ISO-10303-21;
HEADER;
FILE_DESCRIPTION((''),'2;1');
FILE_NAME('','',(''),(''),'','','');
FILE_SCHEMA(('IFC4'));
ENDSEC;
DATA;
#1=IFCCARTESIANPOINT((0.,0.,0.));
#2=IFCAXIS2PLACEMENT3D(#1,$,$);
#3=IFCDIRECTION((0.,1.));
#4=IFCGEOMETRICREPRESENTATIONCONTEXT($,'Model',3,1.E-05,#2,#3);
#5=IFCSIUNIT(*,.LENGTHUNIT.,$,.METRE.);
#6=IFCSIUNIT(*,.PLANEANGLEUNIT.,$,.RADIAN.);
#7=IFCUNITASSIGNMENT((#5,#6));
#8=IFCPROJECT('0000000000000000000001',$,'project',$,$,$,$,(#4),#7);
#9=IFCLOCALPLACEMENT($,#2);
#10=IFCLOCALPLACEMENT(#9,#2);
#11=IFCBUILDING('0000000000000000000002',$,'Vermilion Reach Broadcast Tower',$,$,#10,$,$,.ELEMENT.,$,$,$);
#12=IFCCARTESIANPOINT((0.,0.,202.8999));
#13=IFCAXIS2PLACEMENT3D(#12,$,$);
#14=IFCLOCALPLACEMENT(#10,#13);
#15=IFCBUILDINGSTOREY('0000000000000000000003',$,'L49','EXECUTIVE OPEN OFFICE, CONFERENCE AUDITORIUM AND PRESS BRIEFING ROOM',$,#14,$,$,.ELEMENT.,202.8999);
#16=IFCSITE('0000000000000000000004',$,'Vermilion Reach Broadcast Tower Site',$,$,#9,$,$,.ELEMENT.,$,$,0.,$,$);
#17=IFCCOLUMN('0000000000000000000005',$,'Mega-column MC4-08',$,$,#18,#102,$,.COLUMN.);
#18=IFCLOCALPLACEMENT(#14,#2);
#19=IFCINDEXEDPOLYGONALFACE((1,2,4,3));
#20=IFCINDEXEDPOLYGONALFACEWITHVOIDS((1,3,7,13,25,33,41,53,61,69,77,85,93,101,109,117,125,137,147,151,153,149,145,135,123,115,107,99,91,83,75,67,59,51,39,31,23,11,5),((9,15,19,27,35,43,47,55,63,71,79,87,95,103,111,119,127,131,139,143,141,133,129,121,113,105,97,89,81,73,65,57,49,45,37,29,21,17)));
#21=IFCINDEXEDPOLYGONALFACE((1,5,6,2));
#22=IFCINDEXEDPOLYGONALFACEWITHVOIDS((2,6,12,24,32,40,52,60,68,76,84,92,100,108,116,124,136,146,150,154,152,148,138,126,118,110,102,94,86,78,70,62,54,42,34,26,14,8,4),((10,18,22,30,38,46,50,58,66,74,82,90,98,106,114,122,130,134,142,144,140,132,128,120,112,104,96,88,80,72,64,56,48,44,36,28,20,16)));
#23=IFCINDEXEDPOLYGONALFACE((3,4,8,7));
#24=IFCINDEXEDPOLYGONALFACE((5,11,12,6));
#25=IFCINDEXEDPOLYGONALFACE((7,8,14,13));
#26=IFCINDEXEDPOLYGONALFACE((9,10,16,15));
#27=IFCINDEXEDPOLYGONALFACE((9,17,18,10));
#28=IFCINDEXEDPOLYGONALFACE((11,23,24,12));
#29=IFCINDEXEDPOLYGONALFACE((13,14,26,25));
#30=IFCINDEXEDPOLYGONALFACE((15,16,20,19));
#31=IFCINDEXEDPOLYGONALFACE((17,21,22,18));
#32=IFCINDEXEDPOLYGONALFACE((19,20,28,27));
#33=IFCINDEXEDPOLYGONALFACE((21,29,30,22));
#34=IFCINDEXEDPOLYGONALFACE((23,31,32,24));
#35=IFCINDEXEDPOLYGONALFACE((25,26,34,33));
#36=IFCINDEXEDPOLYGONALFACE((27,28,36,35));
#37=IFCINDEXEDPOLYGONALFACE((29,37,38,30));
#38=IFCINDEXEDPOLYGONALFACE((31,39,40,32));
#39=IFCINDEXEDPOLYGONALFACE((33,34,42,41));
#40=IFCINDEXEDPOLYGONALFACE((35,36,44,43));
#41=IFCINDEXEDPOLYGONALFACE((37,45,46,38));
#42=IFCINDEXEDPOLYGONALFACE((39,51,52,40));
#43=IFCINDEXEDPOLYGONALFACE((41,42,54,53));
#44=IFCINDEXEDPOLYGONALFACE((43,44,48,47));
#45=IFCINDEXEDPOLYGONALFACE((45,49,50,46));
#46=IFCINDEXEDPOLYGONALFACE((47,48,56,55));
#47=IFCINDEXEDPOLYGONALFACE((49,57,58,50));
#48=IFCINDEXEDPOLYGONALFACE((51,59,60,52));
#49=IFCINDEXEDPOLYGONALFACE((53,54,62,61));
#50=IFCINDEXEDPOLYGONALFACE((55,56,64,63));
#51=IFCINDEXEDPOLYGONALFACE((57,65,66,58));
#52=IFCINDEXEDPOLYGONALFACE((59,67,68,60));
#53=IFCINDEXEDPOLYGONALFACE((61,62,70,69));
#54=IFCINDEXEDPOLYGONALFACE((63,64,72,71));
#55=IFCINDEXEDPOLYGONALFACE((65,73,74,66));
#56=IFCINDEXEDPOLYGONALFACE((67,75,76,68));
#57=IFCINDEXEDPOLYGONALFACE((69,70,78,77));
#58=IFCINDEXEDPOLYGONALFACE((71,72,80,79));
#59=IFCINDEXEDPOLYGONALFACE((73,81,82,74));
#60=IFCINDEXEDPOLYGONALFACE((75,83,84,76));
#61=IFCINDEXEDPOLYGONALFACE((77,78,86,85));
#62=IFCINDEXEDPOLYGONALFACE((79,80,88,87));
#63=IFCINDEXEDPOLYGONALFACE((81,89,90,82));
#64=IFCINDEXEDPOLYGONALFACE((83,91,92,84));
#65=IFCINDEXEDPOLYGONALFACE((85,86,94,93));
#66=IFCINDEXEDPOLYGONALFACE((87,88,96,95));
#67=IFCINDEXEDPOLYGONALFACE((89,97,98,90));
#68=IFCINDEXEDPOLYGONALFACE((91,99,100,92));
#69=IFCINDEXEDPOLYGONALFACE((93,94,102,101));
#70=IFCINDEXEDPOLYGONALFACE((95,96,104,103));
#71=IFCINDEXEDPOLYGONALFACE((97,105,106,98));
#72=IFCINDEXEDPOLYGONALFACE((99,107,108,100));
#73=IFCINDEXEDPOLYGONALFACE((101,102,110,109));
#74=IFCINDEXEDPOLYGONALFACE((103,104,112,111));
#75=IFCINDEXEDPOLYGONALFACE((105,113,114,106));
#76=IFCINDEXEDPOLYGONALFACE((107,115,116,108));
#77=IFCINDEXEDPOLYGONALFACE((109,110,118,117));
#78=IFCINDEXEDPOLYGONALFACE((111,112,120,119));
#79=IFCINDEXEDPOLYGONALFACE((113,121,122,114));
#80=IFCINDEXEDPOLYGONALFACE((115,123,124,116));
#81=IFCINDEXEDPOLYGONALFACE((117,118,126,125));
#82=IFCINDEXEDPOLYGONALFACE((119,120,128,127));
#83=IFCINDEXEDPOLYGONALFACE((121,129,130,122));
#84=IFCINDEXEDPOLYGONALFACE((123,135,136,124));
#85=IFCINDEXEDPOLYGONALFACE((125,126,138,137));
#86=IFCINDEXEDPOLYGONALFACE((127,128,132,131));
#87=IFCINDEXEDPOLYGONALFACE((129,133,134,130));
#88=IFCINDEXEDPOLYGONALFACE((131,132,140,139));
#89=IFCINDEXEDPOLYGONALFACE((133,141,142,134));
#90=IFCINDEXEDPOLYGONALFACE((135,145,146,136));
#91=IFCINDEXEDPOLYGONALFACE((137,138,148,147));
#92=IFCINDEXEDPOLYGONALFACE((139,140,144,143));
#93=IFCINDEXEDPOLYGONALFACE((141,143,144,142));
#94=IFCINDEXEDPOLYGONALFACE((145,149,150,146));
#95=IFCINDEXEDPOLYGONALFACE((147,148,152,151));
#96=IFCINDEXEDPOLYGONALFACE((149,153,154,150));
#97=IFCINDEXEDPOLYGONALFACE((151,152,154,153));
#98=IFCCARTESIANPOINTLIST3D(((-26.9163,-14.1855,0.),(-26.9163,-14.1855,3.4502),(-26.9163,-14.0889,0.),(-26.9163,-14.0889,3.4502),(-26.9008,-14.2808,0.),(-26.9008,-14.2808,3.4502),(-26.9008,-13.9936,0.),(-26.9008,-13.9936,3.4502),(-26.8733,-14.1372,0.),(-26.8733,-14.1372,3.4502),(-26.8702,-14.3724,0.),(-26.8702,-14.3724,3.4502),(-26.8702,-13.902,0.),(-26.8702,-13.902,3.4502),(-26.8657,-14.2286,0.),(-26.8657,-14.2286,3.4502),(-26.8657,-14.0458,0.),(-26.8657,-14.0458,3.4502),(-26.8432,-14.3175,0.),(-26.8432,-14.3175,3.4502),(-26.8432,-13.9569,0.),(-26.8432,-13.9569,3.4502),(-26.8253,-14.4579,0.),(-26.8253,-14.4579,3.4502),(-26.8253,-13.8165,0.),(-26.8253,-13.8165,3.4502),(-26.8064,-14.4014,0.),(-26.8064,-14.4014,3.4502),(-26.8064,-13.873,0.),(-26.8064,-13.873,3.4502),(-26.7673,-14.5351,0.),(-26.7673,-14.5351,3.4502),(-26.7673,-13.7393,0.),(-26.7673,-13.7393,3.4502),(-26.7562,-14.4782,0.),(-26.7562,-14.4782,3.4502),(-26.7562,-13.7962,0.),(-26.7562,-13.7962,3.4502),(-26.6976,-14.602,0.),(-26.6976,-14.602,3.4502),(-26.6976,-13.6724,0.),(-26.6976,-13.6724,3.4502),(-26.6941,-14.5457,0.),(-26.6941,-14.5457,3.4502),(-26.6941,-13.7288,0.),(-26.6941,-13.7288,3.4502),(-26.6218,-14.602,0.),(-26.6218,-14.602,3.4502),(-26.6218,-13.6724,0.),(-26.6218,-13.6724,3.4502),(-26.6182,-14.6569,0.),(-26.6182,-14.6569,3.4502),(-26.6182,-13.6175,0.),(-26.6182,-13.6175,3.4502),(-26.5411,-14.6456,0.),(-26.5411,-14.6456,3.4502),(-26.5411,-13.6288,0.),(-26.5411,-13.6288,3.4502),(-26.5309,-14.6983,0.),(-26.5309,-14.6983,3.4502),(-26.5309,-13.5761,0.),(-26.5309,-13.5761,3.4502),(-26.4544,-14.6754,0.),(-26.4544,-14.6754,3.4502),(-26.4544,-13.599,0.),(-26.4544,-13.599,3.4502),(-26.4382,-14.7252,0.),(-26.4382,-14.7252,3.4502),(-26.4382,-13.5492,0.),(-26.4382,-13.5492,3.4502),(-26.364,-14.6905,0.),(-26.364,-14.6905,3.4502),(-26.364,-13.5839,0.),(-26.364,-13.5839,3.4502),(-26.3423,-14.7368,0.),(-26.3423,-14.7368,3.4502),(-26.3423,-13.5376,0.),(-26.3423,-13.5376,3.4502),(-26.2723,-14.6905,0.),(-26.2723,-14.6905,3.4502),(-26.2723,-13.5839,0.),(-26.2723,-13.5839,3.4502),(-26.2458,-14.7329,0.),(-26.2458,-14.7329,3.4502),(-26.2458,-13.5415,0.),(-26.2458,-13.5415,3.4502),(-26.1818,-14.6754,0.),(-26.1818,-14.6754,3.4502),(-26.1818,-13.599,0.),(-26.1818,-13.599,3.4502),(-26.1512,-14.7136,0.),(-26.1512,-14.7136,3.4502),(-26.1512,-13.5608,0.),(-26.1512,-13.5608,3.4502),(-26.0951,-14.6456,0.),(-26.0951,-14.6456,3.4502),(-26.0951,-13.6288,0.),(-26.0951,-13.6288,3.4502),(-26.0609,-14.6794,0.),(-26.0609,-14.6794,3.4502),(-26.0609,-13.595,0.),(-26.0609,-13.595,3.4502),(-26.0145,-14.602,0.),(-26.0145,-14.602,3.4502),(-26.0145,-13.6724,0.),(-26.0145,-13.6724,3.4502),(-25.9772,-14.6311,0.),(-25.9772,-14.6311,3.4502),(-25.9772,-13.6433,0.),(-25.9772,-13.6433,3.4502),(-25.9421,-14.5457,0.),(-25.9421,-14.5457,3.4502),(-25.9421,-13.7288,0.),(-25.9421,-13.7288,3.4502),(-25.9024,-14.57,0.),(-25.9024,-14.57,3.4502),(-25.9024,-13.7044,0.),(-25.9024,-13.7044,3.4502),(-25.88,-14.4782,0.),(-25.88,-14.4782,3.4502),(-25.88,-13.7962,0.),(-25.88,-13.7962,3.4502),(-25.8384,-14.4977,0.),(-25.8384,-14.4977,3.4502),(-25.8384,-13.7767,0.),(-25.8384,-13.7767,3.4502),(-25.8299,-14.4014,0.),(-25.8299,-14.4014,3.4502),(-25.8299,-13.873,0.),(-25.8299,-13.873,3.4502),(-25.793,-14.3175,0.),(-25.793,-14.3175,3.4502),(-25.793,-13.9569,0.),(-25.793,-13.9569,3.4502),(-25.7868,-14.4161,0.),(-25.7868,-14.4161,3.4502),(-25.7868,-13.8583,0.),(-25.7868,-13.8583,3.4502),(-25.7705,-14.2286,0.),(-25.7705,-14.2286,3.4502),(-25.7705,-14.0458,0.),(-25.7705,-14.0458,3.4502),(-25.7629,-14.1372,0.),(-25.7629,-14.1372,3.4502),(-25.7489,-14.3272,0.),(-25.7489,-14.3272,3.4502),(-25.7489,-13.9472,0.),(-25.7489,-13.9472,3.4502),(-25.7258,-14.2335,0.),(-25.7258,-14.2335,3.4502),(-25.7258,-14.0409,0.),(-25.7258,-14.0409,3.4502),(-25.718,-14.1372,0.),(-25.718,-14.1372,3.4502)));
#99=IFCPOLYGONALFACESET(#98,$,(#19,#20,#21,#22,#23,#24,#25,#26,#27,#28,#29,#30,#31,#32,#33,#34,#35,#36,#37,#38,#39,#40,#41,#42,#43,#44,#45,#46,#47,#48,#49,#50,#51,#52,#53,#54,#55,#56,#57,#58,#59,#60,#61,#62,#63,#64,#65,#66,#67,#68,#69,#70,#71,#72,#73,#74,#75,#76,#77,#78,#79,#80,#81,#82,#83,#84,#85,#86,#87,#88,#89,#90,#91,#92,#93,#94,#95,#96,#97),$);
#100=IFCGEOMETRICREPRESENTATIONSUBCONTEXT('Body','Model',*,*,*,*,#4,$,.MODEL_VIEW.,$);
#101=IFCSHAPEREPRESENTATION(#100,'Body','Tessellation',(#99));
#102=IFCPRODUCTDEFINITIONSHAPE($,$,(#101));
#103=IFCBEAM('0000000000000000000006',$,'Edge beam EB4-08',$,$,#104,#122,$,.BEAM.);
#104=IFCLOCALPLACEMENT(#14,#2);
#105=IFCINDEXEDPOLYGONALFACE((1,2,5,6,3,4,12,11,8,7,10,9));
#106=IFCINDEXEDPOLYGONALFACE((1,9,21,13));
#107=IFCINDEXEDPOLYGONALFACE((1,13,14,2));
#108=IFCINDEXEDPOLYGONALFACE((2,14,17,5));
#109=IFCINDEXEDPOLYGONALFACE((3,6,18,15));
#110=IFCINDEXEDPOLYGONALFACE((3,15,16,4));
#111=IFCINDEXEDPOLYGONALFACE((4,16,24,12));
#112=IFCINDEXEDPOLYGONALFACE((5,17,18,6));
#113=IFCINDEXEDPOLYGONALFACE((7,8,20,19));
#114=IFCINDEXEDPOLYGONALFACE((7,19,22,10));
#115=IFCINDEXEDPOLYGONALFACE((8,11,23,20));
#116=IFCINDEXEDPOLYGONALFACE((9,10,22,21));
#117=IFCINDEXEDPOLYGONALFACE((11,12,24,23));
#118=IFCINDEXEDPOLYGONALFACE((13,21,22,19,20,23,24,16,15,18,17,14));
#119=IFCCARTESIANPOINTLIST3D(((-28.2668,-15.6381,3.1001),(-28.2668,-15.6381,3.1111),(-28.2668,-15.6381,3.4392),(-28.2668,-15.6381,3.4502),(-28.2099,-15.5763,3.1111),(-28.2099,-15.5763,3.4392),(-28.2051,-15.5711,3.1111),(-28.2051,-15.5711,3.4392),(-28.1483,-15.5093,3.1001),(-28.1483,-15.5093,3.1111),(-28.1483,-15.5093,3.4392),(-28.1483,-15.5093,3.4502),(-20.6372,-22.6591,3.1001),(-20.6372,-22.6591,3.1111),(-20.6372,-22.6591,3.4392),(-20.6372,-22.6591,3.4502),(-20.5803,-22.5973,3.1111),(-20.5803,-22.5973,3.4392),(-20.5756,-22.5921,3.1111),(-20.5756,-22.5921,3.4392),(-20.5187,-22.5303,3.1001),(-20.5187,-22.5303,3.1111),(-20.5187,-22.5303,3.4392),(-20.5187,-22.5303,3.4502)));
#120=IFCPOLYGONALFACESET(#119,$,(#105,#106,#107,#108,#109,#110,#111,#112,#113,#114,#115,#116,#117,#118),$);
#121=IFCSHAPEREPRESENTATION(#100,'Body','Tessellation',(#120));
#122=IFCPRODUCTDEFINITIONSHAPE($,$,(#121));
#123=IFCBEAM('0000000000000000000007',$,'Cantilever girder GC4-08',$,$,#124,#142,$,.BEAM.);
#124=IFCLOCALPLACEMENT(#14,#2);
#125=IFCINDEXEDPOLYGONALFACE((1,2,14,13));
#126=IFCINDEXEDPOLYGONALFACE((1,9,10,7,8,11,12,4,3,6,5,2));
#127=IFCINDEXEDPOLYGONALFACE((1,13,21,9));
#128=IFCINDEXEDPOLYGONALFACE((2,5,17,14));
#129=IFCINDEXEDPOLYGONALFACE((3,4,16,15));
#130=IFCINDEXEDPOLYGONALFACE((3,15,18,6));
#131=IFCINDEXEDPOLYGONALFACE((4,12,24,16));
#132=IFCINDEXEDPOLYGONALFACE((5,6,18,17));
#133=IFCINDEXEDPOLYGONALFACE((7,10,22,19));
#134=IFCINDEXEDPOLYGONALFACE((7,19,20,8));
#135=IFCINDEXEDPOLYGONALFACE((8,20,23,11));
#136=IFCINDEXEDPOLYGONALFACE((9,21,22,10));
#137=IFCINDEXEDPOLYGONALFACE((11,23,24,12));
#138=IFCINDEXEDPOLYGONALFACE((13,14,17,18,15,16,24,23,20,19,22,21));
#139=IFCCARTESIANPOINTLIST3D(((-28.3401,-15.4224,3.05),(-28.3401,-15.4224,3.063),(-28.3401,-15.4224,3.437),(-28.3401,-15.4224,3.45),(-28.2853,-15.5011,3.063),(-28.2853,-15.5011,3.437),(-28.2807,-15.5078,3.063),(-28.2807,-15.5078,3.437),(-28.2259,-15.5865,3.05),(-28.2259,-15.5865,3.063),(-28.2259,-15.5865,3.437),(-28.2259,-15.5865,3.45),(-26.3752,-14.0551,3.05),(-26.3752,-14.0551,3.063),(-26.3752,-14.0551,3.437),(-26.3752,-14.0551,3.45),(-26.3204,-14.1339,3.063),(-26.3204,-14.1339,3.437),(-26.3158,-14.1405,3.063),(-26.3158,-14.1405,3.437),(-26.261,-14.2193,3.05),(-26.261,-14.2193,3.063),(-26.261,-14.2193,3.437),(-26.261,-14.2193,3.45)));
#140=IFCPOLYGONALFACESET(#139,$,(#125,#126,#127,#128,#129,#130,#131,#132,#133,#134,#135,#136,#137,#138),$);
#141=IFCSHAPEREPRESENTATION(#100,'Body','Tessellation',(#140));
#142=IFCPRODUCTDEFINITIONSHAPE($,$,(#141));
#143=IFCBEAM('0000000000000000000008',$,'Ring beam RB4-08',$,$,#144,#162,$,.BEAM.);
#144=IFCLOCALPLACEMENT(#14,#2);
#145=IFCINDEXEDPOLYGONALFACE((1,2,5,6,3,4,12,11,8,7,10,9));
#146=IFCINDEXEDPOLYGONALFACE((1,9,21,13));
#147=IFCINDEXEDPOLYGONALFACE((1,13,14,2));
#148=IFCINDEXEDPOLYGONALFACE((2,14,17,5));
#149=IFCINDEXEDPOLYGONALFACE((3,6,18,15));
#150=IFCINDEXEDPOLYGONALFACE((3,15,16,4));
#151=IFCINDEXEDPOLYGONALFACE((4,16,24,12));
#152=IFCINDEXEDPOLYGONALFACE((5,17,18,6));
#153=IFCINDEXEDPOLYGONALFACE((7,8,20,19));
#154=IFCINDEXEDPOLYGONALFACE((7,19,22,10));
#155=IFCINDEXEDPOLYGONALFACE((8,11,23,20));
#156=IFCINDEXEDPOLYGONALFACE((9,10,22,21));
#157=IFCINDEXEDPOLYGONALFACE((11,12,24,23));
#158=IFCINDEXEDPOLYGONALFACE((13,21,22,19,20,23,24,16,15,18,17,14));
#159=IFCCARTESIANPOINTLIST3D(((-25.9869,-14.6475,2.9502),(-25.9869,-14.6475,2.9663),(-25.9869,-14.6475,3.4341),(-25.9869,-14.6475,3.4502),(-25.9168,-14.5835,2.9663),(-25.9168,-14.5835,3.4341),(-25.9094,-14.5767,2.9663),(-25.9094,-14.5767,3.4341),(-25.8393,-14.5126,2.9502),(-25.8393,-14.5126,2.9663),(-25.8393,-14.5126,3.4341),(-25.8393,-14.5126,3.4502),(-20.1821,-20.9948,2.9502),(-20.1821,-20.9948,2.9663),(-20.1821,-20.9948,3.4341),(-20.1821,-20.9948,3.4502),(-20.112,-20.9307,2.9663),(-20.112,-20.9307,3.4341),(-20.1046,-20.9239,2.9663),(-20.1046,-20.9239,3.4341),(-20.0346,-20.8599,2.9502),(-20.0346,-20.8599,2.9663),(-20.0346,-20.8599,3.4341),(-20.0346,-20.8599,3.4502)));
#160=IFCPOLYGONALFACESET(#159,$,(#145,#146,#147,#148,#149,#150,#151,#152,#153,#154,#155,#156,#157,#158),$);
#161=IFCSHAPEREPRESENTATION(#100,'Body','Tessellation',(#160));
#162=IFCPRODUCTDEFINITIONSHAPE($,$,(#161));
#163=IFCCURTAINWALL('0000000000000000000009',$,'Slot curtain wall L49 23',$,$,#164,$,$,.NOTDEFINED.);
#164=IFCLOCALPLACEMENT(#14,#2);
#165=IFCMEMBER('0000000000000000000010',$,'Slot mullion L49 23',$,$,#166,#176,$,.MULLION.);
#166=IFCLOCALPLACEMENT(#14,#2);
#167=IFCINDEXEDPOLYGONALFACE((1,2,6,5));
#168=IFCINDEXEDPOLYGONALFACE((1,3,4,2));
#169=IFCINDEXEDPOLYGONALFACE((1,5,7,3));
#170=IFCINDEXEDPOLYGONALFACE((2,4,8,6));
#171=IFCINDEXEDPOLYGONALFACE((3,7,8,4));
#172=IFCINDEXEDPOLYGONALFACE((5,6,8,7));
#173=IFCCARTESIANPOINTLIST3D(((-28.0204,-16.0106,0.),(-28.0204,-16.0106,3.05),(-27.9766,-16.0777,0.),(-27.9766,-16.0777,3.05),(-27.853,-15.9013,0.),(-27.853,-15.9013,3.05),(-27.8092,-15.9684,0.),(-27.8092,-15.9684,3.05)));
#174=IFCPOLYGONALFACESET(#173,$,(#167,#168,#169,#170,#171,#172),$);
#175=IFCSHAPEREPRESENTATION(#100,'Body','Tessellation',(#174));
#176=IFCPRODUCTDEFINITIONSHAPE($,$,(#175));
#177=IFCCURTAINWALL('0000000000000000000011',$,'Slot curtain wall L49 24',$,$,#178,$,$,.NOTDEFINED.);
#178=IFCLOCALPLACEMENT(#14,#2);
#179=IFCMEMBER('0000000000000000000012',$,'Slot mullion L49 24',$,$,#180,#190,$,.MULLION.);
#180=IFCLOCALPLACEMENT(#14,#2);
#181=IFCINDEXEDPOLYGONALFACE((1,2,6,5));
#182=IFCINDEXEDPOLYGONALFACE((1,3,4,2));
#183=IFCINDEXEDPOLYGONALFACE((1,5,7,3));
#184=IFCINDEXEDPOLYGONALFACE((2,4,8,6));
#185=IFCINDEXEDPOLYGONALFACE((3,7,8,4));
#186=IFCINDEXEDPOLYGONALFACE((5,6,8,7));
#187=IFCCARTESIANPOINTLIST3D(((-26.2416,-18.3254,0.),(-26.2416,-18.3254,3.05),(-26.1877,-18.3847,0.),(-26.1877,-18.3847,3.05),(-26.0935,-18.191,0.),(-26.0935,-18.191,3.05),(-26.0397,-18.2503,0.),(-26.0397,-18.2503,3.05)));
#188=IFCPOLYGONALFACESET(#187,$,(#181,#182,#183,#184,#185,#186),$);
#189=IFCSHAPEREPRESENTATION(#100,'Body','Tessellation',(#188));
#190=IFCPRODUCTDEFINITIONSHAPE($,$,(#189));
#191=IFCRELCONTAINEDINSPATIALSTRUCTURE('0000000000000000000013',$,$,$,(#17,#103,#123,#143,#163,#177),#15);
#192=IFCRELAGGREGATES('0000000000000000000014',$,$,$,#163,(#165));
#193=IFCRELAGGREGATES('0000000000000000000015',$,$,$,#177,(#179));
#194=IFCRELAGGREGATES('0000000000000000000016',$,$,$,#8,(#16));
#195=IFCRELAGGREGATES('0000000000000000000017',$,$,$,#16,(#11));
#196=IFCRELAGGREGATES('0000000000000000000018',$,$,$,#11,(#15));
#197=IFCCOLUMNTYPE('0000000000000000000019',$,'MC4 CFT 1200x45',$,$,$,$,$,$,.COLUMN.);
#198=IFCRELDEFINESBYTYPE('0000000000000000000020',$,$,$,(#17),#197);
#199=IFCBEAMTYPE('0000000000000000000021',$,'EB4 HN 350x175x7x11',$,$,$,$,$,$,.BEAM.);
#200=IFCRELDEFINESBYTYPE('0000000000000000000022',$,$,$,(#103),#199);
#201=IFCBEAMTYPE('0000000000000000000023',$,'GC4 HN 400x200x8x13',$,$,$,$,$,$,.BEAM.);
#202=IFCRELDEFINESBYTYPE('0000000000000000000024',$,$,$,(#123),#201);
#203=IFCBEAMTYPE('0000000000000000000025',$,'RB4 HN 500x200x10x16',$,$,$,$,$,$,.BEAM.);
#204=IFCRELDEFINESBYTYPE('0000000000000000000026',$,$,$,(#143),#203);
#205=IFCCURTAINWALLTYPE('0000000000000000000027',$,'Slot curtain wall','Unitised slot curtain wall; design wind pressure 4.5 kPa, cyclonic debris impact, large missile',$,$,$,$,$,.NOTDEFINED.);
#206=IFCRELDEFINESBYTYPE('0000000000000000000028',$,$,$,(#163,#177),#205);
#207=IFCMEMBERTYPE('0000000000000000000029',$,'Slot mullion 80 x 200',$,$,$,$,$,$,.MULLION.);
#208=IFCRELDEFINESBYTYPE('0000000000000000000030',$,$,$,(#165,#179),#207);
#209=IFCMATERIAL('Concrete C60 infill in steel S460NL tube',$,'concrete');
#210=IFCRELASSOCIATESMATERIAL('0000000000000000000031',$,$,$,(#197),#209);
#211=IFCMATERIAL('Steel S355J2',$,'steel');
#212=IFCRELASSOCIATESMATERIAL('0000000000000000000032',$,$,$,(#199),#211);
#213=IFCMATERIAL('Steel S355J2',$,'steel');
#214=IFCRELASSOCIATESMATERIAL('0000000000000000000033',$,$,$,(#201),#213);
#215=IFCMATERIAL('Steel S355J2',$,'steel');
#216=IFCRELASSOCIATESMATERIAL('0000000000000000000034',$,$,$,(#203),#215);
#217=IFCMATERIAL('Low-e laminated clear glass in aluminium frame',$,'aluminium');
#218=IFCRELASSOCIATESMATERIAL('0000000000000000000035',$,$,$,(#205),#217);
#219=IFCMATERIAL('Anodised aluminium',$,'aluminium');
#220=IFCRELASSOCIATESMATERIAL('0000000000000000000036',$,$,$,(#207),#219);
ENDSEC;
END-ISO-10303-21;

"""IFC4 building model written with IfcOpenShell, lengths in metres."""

from ifc_helpers import new_model, si_unit, direction, frame, origin, origin_2d, place, context, subcontext, project, spatial, rectangle, hollow_circle, i_section, extrude, material, material_profile, profile_set, type_object, element, aggregate, save


model = new_model("IFC4")

# Units and contexts
model_context = context("Model", 3, precision=1e-05, world=origin(), true_north=direction((0.0, 1.0)))
body_context = subcontext(model_context, "Body", "Model", "MODEL_VIEW")
ifc_project = project(units=[si_unit("LENGTHUNIT", "METRE"), si_unit("PLANEANGLEUNIT", "RADIAN")], contexts=[model_context])

# Site, building, storey
site_placement = place(None, origin())
site = spatial("IfcSite", under=ifc_project, at=site_placement, Name="Vermilion Reach Broadcast Tower Site", CompositionType="ELEMENT", RefElevation=0.0)
building_placement = place(site_placement, origin())
building = spatial("IfcBuilding", under=site, at=building_placement, Name="Vermilion Reach Broadcast Tower", CompositionType="ELEMENT")
storey_placement = place(building_placement, frame((0.0, 0.0, 202.8999)))
storey = spatial("IfcBuildingStorey", under=building, at=storey_placement, Name="L49", Description="EXECUTIVE OPEN OFFICE, CONFERENCE AUDITORIUM AND PRESS BRIEFING ROOM", CompositionType="ELEMENT", Elevation=202.8999)

# Column
ifc_material_1 = material(Name="Concrete C60 infill in steel S460NL tube", Category="concrete")
ifc_material_profile_1 = material_profile(ifc_material_1, hollow_circle(Radius=0.6001, WallThickness=0.0449, at=origin_2d()), Name="Concrete C60 infill in steel S460NL tube CFT 1200x45")
ifc_profile_set_1 = profile_set([ifc_material_profile_1], Name="Concrete C60 infill in steel S460NL tube")
column_type = type_object("IfcColumnType", Name="MC4 CFT 1200x45", PredefinedType="COLUMN", material=ifc_profile_set_1)
column_placement = place(storey_placement, frame((-26.3181, -14.1372, 0.0), z_axis=(0.0, 0.0, 1.0), x_axis=(1.0, 0.0, 0.0)))
element("IfcColumn", 1, at=column_placement, inside=storey, type_object=column_type, Name="Mega-column MC4-08", PredefinedType="COLUMN", context=body_context, shape_type="SweptSolid", body=[
    extrude(hollow_circle(Radius=0.6001, WallThickness=0.0449, at=origin_2d()), origin(), (0.0, 0.0, 1.0), 3.4502),
])

# Beams
ifc_material_2 = material(Name="Steel S355J2", Category="steel")
ifc_material_profile_2 = material_profile(ifc_material_2, i_section(OverallWidth=0.175, OverallDepth=0.3501, WebThickness=0.0071, FlangeThickness=0.011, at=origin_2d()), Name="S355J2 HN 350x175x7x11")
ifc_profile_set_2 = profile_set([ifc_material_profile_2], Name="Steel S355J2")
beam_type_1 = type_object("IfcBeamType", Name="EB4 HN 350x175x7x11", PredefinedType="BEAM", material=ifc_profile_set_2)
beam_1_placement = place(storey_placement, frame((-28.2075, -15.5737, 3.2751), z_axis=(0.735848, -0.677147, 0.0), x_axis=(0.677147, 0.735848, 0.0)))
element("IfcBeam", 2, at=beam_1_placement, inside=storey, type_object=beam_type_1, Name="Edge beam EB4-08", PredefinedType="BEAM", context=body_context, shape_type="SweptSolid", body=[
    extrude(i_section(OverallWidth=0.175, OverallDepth=0.3501, WebThickness=0.0071, FlangeThickness=0.011, at=origin_2d()), origin(), (0.0, 0.0, 1.0), 10.3684),
])
ifc_material_3 = material(Name="Steel S355J2", Category="steel")
ifc_material_profile_3 = material_profile(ifc_material_3, i_section(OverallWidth=0.2, OverallDepth=0.3999, WebThickness=0.0081, FlangeThickness=0.0129, at=origin_2d()), Name="S355J2 HN 400x200x8x13")
ifc_profile_set_3 = profile_set([ifc_material_profile_3], Name="Steel S355J2")
beam_type_2 = type_object("IfcBeamType", Name="GC4 HN 400x200x8x13", PredefinedType="BEAM", material=ifc_profile_set_3)
beam_2_placement = place(storey_placement, frame((-26.3181, -14.1372, 3.25), z_axis=(-0.820839, -0.57116, 0.0), x_axis=(0.57116, -0.820839, 0.0)))
element("IfcBeam", 3, at=beam_2_placement, inside=storey, type_object=beam_type_2, Name="Cantilever girder GC4-08", PredefinedType="BEAM", context=body_context, shape_type="SweptSolid", body=[
    extrude(i_section(OverallWidth=0.2, OverallDepth=0.3999, WebThickness=0.0081, FlangeThickness=0.0129, at=origin_2d()), origin(), (0.0, 0.0, 1.0), 2.3938),
])
ifc_material_4 = material(Name="Steel S355J2", Category="steel")
ifc_material_profile_4 = material_profile(ifc_material_4, i_section(OverallWidth=0.2, OverallDepth=0.5, WebThickness=0.01, FlangeThickness=0.0161, at=origin_2d()), Name="S355J2 HN 500x200x10x16")
ifc_profile_set_4 = profile_set([ifc_material_profile_4], Name="Steel S355J2")
beam_type_3 = type_object("IfcBeamType", Name="RB4 HN 500x200x10x16", PredefinedType="BEAM", material=ifc_profile_set_4)
beam_3_placement = place(storey_placement, frame((-25.9131, -14.5801, 3.2002), z_axis=(0.674868, -0.737938, 0.0), x_axis=(0.737938, 0.674868, 0.0)))
element("IfcBeam", 4, at=beam_3_placement, inside=storey, type_object=beam_type_3, Name="Ring beam RB4-08", PredefinedType="BEAM", context=body_context, shape_type="SweptSolid", body=[
    extrude(i_section(OverallWidth=0.2, OverallDepth=0.5, WebThickness=0.01, FlangeThickness=0.0161, at=origin_2d()), origin(), (0.0, 0.0, 1.0), 8.6013),
])

# Curtain walls, members
ifc_material_5 = material(Name="Low-e laminated clear glass in aluminium frame", Category="aluminium")
curtain_wall_type = type_object("IfcCurtainWallType", Name="Slot curtain wall", Description="Unitised slot curtain wall; design wind pressure 4.5 kPa, cyclonic debris impact, large missile", PredefinedType="NOTDEFINED", material=ifc_material_5)
placement = place(storey_placement, origin())
curtain_wall_1 = element("IfcCurtainWall", 5, at=placement, inside=storey, type_object=curtain_wall_type, Name="Slot curtain wall L49 23", PredefinedType="NOTDEFINED")
ifc_material_6 = material(Name="Anodised aluminium", Category="aluminium")
ifc_material_profile_5 = material_profile(ifc_material_6, rectangle(XDim=0.2, YDim=0.0801, at=origin_2d()), Name="Slot mullion 80 x 200")
ifc_profile_set_5 = profile_set([ifc_material_profile_5], Name="Anodised aluminium")
member_type_1 = type_object("IfcMemberType", Name="Slot mullion 80 x 200", PredefinedType="MULLION", material=ifc_profile_set_5)
member_1_placement = place(storey_placement, frame((-27.9148, -15.9895, 0.0), z_axis=(0.0, 0.0, 1.0), x_axis=(0.837422, 0.546557, 0.0)))
member_1 = element("IfcMember", 6, at=member_1_placement, type_object=member_type_1, Name="Slot mullion L49 23", PredefinedType="MULLION", context=body_context, shape_type="SweptSolid", body=[
    extrude(rectangle(XDim=0.2, YDim=0.0801, at=origin_2d()), origin(), (0.0, 0.0, 1.0), 3.05),
])
curtain_wall_2 = element("IfcCurtainWall", 7, at=placement, inside=storey, type_object=curtain_wall_type, Name="Slot curtain wall L49 24", PredefinedType="NOTDEFINED")
member_2_placement = place(storey_placement, frame((-26.1406, -18.2878, 0.0), z_axis=(0.0, 0.0, 1.0), x_axis=(0.740335, 0.672238, 0.0)))
member_2 = element("IfcMember", 8, at=member_2_placement, type_object=member_type_1, Name="Slot mullion L49 24", PredefinedType="MULLION", context=body_context, shape_type="SweptSolid", body=[
    extrude(rectangle(XDim=0.2, YDim=0.0801, at=origin_2d()), origin(), (0.0, 0.0, 1.0), 3.05),
])

aggregate(curtain_wall_1, [member_1])
aggregate(curtain_wall_2, [member_2])

save(model, "model.ifc")
